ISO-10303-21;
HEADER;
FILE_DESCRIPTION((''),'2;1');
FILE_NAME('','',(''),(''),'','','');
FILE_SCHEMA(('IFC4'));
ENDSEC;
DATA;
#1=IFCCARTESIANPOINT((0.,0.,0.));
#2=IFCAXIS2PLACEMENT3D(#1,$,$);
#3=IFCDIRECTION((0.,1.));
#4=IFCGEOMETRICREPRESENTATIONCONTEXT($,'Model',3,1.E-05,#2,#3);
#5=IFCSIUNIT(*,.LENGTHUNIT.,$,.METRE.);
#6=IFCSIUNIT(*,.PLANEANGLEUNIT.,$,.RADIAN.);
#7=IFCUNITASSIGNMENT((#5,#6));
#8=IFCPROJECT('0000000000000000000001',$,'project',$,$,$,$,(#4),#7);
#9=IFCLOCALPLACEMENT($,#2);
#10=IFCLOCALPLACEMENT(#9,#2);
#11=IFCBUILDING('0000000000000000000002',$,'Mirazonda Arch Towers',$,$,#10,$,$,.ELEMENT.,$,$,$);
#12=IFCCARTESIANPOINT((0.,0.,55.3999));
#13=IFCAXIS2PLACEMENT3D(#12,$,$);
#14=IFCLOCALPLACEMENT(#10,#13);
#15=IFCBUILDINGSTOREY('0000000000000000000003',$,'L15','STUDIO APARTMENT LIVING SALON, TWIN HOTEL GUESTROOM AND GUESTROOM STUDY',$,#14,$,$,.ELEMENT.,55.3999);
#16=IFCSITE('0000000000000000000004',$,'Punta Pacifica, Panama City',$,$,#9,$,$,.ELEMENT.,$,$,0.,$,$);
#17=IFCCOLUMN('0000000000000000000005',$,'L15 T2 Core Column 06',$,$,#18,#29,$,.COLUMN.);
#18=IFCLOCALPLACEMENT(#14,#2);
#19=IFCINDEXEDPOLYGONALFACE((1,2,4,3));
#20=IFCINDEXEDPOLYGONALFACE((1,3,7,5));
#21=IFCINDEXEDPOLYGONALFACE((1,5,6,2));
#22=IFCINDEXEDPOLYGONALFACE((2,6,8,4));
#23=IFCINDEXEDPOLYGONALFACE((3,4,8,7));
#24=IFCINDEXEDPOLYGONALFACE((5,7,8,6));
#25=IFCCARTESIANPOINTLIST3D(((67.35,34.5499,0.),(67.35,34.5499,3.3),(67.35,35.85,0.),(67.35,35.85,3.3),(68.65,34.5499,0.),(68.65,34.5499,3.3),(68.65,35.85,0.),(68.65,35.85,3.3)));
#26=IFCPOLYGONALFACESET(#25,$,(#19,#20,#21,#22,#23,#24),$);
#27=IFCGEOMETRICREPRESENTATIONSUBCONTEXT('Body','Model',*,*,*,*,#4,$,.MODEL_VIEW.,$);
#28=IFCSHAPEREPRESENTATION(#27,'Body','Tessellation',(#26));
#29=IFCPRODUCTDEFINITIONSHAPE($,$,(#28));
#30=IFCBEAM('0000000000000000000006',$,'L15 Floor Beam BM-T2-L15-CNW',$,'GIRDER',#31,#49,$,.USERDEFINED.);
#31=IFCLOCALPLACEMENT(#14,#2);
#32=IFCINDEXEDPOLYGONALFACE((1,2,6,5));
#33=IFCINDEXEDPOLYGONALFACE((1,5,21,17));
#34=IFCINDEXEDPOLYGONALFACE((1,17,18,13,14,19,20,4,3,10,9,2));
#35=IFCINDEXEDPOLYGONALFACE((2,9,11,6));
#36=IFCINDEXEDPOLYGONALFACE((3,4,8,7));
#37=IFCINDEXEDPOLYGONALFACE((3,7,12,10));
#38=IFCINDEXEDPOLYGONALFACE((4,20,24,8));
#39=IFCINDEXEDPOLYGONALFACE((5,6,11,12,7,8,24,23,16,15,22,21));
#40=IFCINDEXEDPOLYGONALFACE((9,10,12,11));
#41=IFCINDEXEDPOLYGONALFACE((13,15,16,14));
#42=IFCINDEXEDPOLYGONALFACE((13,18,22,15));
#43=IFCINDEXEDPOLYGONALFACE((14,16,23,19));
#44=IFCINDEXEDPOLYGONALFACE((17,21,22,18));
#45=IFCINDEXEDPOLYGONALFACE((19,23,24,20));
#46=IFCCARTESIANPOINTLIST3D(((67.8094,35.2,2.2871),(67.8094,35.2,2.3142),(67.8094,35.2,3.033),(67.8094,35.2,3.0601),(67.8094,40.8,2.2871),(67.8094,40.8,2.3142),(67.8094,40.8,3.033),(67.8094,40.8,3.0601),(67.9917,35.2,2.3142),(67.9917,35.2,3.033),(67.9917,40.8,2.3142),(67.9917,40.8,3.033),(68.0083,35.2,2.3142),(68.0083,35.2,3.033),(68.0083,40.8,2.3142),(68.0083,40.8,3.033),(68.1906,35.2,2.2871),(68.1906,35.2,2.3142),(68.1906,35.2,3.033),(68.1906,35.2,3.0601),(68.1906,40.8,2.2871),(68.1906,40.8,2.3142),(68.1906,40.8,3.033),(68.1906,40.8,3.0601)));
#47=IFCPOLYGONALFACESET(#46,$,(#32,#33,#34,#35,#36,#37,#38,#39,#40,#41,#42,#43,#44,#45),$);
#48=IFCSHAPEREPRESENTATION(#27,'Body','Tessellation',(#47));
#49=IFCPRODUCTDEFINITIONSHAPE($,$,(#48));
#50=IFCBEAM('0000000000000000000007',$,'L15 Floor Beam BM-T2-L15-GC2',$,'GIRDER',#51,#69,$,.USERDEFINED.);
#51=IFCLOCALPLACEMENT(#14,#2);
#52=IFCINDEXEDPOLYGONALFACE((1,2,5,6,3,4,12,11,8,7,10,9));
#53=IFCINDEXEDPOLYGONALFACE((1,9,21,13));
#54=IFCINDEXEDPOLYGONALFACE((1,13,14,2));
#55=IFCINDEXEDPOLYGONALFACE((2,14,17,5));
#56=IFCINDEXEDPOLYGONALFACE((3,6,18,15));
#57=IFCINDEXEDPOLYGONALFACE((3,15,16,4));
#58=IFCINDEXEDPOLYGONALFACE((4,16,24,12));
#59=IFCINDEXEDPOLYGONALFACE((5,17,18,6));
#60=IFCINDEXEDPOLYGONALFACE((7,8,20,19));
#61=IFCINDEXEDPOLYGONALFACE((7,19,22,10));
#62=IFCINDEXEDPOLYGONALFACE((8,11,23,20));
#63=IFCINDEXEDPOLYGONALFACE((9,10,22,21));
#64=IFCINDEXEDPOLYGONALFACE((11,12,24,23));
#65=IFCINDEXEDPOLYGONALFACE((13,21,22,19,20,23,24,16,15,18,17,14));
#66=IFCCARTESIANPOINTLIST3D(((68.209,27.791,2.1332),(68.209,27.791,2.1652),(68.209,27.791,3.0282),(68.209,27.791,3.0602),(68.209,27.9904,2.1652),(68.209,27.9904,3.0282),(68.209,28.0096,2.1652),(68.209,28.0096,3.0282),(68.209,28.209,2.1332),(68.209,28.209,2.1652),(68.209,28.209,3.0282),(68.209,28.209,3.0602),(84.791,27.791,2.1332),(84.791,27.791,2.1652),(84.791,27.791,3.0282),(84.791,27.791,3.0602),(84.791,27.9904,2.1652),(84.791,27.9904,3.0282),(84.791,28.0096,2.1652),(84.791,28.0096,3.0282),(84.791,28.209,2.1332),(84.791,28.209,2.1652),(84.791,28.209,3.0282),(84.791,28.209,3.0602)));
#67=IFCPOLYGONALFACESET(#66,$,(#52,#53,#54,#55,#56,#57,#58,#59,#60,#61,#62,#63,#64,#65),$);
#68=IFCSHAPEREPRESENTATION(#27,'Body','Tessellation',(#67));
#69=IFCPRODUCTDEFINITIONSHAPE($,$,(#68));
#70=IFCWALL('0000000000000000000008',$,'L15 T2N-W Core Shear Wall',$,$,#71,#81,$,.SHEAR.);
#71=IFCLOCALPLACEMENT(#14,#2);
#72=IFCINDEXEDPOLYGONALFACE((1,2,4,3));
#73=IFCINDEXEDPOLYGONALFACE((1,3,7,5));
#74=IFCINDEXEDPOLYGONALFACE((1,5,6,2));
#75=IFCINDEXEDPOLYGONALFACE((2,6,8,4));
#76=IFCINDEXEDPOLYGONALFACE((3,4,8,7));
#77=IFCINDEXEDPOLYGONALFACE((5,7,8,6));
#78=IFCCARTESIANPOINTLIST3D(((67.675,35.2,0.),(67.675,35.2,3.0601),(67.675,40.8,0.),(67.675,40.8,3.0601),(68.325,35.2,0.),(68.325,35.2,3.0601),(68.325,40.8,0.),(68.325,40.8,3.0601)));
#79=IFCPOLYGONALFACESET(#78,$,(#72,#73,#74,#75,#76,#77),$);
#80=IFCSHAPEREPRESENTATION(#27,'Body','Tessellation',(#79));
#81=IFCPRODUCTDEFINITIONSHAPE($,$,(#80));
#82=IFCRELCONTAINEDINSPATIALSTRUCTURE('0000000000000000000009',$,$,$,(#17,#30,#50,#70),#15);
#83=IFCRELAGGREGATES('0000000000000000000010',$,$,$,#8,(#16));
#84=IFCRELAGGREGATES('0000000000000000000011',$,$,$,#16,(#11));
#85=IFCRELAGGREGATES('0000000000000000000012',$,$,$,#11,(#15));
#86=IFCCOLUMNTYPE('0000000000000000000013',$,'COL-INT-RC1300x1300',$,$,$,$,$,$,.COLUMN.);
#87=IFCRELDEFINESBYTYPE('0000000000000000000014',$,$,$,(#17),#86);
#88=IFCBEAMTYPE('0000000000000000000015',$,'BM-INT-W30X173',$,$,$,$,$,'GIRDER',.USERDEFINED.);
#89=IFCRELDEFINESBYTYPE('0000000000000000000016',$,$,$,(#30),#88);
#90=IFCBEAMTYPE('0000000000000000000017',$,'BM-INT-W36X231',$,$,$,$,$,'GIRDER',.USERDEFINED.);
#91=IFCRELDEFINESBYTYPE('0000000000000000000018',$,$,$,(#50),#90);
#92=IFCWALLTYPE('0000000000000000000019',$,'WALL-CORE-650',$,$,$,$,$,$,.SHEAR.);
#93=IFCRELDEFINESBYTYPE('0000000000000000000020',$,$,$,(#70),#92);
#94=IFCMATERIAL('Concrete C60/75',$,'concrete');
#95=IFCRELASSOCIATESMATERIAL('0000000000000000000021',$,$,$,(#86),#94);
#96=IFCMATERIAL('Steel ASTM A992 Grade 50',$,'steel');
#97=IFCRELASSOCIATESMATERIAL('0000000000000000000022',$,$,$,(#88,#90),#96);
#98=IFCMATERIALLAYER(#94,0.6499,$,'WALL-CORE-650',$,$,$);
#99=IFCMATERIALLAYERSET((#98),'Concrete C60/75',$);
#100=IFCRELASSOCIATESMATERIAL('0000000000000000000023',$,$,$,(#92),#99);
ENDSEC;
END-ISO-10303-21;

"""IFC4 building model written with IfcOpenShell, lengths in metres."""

from ifc_helpers import new_model, si_unit, direction, frame, frame_2d, origin, origin_2d, place, context, subcontext, project, spatial, rectangle, i_section, extrude, material, layer, layer_set, material_profile, profile_set, type_object, element, save


model = new_model("IFC4")

# Units and contexts
model_context = context("Model", 3, precision=1e-05, world=origin(), true_north=direction((0.0, 1.0)))
body_context = subcontext(model_context, "Body", "Model", "MODEL_VIEW")
ifc_project = project(units=[si_unit("LENGTHUNIT", "METRE"), si_unit("PLANEANGLEUNIT", "RADIAN")], contexts=[model_context])

# Site, building, storey
site_placement = place(None, origin())
site = spatial("IfcSite", under=ifc_project, at=site_placement, Name="Punta Pacifica, Panama City", CompositionType="ELEMENT", RefElevation=0.0)
building_placement = place(site_placement, origin())
building = spatial("IfcBuilding", under=site, at=building_placement, Name="Mirazonda Arch Towers", CompositionType="ELEMENT")
storey_placement = place(building_placement, frame((0.0, 0.0, 55.3999)))
storey = spatial("IfcBuildingStorey", under=building, at=storey_placement, Name="L15", Description="STUDIO APARTMENT LIVING SALON, TWIN HOTEL GUESTROOM AND GUESTROOM STUDY", CompositionType="ELEMENT", Elevation=55.3999)

# Column
ifc_material_1 = material(Name="Concrete C60/75", Category="concrete")
ifc_material_profile_1 = material_profile(ifc_material_1, rectangle(XDim=1.3, YDim=1.3, at=origin_2d()), Name="RC1300x1300")
ifc_profile_set_1 = profile_set([ifc_material_profile_1], Name="Concrete C60/75")
column_type = type_object("IfcColumnType", Name="COL-INT-RC1300x1300", PredefinedType="COLUMN", material=ifc_profile_set_1)
column_placement = place(storey_placement, frame((68.0, 35.2, 0.0), z_axis=(0.0, 0.0, 1.0), x_axis=(1.0, 0.0, 0.0)))
element("IfcColumn", 1, at=column_placement, inside=storey, type_object=column_type, Name="L15 T2 Core Column 06", PredefinedType="COLUMN", context=body_context, shape_type="SweptSolid", body=[
    extrude(rectangle(XDim=1.3, YDim=1.3, at=origin_2d()), origin(), (0.0, 0.0, 1.0), 3.3),
])

# Beams
ifc_material_2 = material(Name="Steel ASTM A992 Grade 50", Category="steel")
ifc_material_profile_2 = material_profile(ifc_material_2, i_section(OverallWidth=0.3811, OverallDepth=0.7729, WebThickness=0.0166, FlangeThickness=0.0271, at=origin_2d()), Name="W30X173")
ifc_profile_set_2 = profile_set([ifc_material_profile_2], Name="Steel ASTM A992 Grade 50")
beam_type_1 = type_object("IfcBeamType", Name="BM-INT-W30X173", ElementType="GIRDER", PredefinedType="USERDEFINED", material=ifc_profile_set_2)
beam_1_placement = place(storey_placement, frame((68.0, 35.2, 2.6736), z_axis=(0.0, 1.0, 0.0), x_axis=(-1.0, 0.0, 0.0)))
element("IfcBeam", 2, at=beam_1_placement, inside=storey, type_object=beam_type_1, Name="L15 Floor Beam BM-T2-L15-CNW", ObjectType="GIRDER", PredefinedType="USERDEFINED", context=body_context, shape_type="SweptSolid", body=[
    extrude(i_section(OverallWidth=0.3811, OverallDepth=0.7729, WebThickness=0.0166, FlangeThickness=0.0271, at=origin_2d()), origin(), (0.0, 0.0, 1.0), 5.6001),
])
ifc_material_profile_3 = material_profile(ifc_material_2, i_section(OverallWidth=0.418, OverallDepth=0.927, WebThickness=0.0193, FlangeThickness=0.032, at=origin_2d()), Name="W36X231")
ifc_profile_set_3 = profile_set([ifc_material_profile_3], Name="Steel ASTM A992 Grade 50")
beam_type_2 = type_object("IfcBeamType", Name="BM-INT-W36X231", ElementType="GIRDER", PredefinedType="USERDEFINED", material=ifc_profile_set_3)
beam_2_placement = place(storey_placement, frame((68.209, 28.0, 2.5967), z_axis=(1.0, 0.0, 0.0), x_axis=(0.0, 1.0, 0.0)))
element("IfcBeam", 3, at=beam_2_placement, inside=storey, type_object=beam_type_2, Name="L15 Floor Beam BM-T2-L15-GC2", ObjectType="GIRDER", PredefinedType="USERDEFINED", context=body_context, shape_type="SweptSolid", body=[
    extrude(i_section(OverallWidth=0.418, OverallDepth=0.927, WebThickness=0.0193, FlangeThickness=0.032, at=origin_2d()), origin(), (0.0, 0.0, 1.0), 16.582),
])

# Wall
ifc_layer_1 = layer(ifc_material_1, 0.6499, Name="WALL-CORE-650")
ifc_layer_set_1 = layer_set([ifc_layer_1], Name="Concrete C60/75")
wall_type_1 = type_object("IfcWallType", Name="WALL-CORE-650", PredefinedType="SHEAR", material=ifc_layer_set_1)
wall_1_placement = place(storey_placement, frame((68.0, 35.2, 0.0), z_axis=(0.0, 0.0, 1.0), x_axis=(0.0, 1.0, 0.0)))
element("IfcWall", 4, at=wall_1_placement, inside=storey, type_object=wall_type_1, Name="L15 T2N-W Core Shear Wall", PredefinedType="SHEAR", context=body_context, shape_type="SweptSolid", body=[
    extrude(rectangle(XDim=5.6001, YDim=0.6499, at=frame_2d((2.8, 0.0))), origin(), (0.0, 0.0, 1.0), 3.0601),
])

save(model, "model.ifc")
